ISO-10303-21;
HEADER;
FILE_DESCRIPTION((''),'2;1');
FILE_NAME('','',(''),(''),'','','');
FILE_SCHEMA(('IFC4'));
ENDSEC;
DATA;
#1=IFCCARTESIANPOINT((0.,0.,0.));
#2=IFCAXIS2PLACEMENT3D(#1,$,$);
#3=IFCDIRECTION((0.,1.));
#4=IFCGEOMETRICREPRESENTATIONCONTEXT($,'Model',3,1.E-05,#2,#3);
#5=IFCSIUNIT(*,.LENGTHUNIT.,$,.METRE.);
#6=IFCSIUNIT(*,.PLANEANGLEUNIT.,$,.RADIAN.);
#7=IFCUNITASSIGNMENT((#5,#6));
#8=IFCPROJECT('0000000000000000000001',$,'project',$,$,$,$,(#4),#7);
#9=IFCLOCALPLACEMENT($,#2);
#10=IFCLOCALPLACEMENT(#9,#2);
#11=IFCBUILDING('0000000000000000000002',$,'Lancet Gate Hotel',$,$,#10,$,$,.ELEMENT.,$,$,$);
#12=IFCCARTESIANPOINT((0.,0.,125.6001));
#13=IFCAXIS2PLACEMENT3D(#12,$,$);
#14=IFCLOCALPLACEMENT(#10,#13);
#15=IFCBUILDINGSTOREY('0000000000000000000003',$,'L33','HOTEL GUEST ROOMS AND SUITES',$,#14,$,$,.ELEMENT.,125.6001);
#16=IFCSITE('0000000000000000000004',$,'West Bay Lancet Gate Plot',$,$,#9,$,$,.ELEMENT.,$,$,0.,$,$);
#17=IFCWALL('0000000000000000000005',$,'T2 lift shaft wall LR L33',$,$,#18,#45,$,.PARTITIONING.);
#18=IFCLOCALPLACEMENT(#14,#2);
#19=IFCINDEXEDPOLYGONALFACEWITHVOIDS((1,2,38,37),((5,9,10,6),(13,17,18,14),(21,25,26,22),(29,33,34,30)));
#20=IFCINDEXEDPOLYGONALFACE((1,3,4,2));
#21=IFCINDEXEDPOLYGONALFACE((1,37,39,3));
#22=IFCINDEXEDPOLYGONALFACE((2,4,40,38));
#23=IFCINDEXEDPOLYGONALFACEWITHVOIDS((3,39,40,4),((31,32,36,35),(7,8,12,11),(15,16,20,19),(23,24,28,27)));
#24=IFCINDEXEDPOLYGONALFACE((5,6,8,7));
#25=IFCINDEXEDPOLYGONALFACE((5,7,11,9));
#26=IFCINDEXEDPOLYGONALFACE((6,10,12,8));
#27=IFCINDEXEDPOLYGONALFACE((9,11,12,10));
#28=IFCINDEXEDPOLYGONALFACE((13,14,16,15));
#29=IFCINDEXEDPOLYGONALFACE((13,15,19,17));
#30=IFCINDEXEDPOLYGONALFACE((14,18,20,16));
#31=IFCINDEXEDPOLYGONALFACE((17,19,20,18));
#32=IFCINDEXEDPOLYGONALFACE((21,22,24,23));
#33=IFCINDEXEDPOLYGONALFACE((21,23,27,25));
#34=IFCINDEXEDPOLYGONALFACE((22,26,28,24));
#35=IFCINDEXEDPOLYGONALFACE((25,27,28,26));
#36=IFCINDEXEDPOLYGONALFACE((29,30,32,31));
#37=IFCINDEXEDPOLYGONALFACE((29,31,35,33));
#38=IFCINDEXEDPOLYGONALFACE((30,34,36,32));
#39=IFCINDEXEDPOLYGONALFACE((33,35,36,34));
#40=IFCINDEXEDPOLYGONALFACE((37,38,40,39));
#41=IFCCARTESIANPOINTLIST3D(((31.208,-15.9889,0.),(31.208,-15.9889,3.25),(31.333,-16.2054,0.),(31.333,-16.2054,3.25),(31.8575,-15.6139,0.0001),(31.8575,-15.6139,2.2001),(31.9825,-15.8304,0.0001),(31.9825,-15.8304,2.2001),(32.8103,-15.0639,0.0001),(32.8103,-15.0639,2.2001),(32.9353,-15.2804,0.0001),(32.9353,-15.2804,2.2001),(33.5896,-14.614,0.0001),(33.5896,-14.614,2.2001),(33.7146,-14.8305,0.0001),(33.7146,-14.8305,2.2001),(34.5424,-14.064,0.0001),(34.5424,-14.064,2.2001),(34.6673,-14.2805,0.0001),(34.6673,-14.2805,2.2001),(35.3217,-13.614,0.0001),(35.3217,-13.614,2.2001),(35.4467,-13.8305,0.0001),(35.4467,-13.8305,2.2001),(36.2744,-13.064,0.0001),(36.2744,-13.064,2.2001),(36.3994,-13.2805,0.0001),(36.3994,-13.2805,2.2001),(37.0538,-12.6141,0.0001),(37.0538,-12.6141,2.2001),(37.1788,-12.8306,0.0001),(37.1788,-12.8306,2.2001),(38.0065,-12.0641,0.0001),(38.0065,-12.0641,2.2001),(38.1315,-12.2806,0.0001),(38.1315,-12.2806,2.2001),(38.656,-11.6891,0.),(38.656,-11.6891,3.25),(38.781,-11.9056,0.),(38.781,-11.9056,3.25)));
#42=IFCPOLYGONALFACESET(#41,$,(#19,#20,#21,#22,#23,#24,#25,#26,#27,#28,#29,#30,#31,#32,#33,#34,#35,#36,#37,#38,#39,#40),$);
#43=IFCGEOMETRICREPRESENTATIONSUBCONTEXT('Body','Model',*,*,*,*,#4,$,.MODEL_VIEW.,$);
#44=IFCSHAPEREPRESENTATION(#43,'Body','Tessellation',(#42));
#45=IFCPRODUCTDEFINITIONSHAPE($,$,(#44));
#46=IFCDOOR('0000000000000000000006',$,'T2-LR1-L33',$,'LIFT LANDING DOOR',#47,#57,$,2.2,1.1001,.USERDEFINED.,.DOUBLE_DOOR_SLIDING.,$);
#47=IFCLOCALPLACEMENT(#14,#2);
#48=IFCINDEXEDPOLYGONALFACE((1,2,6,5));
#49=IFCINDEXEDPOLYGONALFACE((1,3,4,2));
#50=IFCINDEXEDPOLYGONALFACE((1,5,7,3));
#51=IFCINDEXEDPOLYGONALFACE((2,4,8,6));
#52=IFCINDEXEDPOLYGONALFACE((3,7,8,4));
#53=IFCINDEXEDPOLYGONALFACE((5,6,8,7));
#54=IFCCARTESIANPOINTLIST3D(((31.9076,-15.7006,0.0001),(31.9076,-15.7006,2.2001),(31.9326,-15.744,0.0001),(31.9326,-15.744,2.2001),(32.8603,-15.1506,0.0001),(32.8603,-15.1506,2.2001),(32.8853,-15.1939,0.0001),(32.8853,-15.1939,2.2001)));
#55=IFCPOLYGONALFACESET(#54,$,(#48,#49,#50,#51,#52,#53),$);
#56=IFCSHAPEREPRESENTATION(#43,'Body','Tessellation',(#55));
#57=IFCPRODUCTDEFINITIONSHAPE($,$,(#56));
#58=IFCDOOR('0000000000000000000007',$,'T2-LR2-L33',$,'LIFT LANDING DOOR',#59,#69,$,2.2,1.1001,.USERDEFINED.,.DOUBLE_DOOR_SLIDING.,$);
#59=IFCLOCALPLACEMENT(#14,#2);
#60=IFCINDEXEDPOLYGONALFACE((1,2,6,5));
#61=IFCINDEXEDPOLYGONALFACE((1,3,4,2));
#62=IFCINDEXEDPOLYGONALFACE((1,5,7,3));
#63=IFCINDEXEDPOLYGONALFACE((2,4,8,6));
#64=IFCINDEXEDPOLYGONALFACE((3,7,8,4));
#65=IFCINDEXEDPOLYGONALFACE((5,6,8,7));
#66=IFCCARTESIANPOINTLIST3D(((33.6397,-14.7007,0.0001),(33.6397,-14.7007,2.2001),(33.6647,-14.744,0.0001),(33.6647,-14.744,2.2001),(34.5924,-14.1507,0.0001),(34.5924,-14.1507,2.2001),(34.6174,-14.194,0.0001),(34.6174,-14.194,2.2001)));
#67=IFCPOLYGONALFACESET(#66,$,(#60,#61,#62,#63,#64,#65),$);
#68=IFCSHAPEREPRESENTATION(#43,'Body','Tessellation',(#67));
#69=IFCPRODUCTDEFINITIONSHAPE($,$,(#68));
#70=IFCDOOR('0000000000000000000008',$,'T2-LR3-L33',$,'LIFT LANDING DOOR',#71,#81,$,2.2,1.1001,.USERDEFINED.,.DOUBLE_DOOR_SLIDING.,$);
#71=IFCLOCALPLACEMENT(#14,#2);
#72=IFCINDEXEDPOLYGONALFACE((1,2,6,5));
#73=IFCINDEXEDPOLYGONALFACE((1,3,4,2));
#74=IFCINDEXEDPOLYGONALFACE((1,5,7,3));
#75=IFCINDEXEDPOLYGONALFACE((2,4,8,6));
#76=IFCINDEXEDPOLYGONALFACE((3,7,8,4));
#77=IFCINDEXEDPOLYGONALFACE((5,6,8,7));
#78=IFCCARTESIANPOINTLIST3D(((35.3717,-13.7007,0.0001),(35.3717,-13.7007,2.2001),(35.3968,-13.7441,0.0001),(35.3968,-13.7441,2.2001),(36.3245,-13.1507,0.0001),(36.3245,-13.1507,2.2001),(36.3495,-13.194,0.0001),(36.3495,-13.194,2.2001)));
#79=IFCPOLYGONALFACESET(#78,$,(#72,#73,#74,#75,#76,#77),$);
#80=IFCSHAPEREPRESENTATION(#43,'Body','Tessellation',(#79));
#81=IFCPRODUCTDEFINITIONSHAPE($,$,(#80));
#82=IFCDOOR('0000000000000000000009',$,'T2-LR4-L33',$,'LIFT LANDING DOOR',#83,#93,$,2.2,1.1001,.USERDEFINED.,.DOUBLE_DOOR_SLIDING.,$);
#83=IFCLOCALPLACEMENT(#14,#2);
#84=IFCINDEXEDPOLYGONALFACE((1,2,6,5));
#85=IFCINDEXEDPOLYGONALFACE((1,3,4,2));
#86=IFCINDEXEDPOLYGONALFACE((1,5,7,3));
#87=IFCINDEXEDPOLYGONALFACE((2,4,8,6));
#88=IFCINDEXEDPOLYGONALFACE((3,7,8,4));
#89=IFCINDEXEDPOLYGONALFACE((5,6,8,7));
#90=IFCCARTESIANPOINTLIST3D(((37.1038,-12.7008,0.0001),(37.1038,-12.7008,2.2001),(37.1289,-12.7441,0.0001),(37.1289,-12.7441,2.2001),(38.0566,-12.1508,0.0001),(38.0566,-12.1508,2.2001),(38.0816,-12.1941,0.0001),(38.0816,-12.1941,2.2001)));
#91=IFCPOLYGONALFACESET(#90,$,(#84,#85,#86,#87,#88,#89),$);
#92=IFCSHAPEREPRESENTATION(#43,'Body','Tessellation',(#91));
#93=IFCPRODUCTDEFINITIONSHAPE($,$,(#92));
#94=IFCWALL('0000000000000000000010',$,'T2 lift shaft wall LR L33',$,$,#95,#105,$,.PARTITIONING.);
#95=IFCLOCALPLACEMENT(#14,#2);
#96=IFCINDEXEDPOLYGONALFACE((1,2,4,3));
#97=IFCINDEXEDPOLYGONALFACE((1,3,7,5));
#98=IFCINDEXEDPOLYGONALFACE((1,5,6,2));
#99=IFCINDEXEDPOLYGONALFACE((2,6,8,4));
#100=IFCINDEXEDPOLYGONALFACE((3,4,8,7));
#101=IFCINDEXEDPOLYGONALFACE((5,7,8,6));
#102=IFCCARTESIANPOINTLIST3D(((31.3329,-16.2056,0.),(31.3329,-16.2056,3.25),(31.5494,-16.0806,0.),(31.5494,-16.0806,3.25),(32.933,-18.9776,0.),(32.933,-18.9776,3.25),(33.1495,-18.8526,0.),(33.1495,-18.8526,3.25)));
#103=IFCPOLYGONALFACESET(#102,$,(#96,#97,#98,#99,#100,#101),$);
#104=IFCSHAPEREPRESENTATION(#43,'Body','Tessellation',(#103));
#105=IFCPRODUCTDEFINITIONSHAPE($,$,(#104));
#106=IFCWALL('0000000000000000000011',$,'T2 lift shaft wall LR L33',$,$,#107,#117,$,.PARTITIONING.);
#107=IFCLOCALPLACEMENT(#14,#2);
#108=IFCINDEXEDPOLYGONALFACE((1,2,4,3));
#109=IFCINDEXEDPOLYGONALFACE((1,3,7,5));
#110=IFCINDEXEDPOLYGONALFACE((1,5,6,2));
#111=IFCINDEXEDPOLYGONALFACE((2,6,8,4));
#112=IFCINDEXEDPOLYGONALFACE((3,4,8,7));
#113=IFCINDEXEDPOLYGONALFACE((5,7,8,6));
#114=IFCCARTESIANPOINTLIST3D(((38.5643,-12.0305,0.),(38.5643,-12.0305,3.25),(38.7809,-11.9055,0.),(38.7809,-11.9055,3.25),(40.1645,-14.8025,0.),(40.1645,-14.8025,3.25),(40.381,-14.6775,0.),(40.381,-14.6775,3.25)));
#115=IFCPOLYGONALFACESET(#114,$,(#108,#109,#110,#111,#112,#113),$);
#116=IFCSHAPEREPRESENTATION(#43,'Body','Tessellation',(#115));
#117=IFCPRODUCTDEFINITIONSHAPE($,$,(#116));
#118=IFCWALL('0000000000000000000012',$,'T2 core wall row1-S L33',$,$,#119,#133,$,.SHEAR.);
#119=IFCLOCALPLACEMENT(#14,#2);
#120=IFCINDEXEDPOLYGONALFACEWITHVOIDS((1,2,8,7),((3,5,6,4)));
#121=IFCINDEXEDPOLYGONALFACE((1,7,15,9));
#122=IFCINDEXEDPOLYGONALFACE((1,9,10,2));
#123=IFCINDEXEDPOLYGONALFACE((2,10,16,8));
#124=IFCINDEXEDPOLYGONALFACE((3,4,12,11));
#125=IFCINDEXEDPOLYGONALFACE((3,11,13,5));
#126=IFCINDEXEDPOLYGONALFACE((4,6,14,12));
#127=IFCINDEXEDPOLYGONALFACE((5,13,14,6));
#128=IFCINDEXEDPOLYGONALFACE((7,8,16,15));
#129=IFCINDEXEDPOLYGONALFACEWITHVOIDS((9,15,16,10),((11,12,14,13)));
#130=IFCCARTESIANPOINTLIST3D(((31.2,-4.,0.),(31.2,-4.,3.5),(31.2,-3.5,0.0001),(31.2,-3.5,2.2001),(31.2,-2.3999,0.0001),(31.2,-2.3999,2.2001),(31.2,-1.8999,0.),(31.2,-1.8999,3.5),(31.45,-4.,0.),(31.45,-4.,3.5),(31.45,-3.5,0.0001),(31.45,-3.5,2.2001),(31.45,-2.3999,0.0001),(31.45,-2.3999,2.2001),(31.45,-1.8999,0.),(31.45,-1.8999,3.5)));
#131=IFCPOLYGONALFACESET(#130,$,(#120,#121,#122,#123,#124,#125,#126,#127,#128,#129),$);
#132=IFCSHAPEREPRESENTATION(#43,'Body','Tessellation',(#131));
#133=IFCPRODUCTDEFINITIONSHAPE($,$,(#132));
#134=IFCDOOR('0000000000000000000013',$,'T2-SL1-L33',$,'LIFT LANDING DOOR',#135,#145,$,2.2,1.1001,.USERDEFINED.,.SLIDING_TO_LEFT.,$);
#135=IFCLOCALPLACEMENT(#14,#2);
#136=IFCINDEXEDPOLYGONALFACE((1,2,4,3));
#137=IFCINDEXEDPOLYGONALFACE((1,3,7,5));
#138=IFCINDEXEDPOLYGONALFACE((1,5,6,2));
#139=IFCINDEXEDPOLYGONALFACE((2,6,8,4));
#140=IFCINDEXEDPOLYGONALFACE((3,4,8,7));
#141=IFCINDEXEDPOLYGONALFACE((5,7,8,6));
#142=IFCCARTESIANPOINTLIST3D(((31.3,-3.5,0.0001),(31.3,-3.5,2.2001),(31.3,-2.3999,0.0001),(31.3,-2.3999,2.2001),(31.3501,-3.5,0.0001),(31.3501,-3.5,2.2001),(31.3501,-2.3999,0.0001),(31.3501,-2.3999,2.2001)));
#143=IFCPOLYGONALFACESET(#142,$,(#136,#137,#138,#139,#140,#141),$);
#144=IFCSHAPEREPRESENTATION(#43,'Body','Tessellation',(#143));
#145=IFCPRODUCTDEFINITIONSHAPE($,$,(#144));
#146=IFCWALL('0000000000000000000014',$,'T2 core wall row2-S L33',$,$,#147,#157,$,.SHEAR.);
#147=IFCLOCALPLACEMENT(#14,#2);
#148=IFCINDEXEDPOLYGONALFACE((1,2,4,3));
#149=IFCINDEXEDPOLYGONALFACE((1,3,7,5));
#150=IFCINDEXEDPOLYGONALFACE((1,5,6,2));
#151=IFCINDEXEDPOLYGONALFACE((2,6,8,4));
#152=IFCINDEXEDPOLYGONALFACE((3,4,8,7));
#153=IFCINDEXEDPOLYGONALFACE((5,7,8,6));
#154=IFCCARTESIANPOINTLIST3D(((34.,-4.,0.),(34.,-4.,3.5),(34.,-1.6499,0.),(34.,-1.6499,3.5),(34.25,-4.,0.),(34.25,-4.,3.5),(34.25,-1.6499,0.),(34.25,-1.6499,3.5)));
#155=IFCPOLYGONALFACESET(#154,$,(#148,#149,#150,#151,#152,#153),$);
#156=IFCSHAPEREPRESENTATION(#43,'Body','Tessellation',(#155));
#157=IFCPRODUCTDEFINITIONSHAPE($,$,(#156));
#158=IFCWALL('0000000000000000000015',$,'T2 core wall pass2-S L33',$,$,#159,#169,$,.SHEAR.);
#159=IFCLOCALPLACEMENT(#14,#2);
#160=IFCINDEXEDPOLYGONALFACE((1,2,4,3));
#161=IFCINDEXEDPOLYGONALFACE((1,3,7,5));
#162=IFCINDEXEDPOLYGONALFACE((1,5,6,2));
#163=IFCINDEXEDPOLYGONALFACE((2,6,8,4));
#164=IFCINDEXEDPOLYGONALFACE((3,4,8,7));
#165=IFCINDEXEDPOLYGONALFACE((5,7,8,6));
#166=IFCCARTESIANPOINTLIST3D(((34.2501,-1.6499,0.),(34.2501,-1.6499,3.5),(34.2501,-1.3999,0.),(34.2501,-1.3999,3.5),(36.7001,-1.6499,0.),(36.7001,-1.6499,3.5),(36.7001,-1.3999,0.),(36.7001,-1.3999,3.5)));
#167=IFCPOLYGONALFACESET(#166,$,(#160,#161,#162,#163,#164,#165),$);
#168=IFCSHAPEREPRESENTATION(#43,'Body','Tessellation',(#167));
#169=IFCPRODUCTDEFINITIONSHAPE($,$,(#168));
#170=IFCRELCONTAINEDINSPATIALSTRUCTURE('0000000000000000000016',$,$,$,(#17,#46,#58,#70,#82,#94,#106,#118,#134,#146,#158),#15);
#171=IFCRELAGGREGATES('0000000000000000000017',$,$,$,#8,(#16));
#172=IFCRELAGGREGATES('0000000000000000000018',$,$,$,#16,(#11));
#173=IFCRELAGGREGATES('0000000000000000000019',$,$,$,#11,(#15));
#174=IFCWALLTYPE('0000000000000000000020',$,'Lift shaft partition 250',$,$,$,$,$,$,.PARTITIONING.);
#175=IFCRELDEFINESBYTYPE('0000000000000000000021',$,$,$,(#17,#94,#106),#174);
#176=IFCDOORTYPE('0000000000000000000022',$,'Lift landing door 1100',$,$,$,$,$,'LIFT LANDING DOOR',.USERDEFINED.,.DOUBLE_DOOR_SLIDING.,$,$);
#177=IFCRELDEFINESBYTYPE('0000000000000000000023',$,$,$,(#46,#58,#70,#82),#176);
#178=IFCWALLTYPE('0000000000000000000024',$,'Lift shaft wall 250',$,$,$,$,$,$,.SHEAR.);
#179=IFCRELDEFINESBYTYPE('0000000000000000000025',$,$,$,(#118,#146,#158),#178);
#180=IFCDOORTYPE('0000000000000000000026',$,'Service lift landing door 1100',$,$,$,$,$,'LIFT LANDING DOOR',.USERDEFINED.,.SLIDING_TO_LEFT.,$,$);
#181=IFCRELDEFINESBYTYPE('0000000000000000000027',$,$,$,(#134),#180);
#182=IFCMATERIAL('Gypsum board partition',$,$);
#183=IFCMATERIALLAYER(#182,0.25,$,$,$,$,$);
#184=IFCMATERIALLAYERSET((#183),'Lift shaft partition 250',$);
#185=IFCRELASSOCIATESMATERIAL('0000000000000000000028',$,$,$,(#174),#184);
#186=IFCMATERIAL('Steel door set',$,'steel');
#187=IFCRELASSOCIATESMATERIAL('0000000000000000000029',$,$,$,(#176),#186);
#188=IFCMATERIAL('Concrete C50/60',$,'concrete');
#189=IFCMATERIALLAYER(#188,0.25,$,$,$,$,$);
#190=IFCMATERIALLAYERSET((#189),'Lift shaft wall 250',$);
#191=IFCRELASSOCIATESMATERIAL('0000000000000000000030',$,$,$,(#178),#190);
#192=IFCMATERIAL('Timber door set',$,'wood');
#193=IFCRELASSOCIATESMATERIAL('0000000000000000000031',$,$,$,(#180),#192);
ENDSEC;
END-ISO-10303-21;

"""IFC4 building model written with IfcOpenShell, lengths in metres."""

from ifc_helpers import new_model, si_unit, direction, frame, frame_2d, origin, place, context, subcontext, project, spatial, rectangle, extrude, material, layer, layer_set, type_object, element, fill, save


model = new_model("IFC4")

# Units and contexts
model_context = context("Model", 3, precision=1e-05, world=origin(), true_north=direction((0.0, 1.0)))
body_context = subcontext(model_context, "Body", "Model", "MODEL_VIEW")
ifc_project = project(units=[si_unit("LENGTHUNIT", "METRE"), si_unit("PLANEANGLEUNIT", "RADIAN")], contexts=[model_context])

# Site, building, storey
site_placement = place(None, origin())
site = spatial("IfcSite", under=ifc_project, at=site_placement, Name="West Bay Lancet Gate Plot", CompositionType="ELEMENT", RefElevation=0.0)
building_placement = place(site_placement, origin())
building = spatial("IfcBuilding", under=site, at=building_placement, Name="Lancet Gate Hotel", CompositionType="ELEMENT")
storey_placement = place(building_placement, frame((0.0, 0.0, 125.6001)))
storey = spatial("IfcBuildingStorey", under=building, at=storey_placement, Name="L33", Description="HOTEL GUEST ROOMS AND SUITES", CompositionType="ELEMENT", Elevation=125.6001)

# Wall, openings, doors
ifc_material_1 = material(Name="Gypsum board partition")
ifc_layer_1 = layer(ifc_material_1, 0.25)
ifc_layer_set_1 = layer_set([ifc_layer_1], Name="Lift shaft partition 250")
wall_type_1 = type_object("IfcWallType", Name="Lift shaft partition 250", PredefinedType="PARTITIONING", material=ifc_layer_set_1)
wall_1_placement = place(storey_placement, frame((31.2705, -16.0972, 0.0), z_axis=(0.0, 0.0, 1.0), x_axis=(0.86604, 0.499974, 0.0)))
wall_1 = element("IfcWall", 1, at=wall_1_placement, inside=storey, type_object=wall_type_1, Name="T2 lift shaft wall LR L33", PredefinedType="PARTITIONING", context=body_context, shape_type="SweptSolid", body=[
    extrude(rectangle(XDim=8.6001, YDim=0.25, at=frame_2d((4.3, 0.0))), origin(), (0.0, 0.0, 1.0), 3.25),
])
opening_1_placement = place(wall_1_placement, frame((0.75, 0.0, 0.0)))
opening_1 = element("IfcOpeningElement", 2, at=opening_1_placement, cuts=wall_1, PredefinedType="OPENING", context=body_context, shape_type="SweptSolid", body=[
    extrude(rectangle(XDim=1.1001, YDim=2.2, at=frame_2d((0.55, 1.1001))), frame((0.0, 0.135, 0.0), z_axis=(0.0, -1.0, 0.0), x_axis=(1.0, 0.0, 0.0)), (0.0, 0.0, 1.0), 0.27),
])
opening_2_placement = place(wall_1_placement, frame((2.75, 0.0, 0.0)))
opening_2 = element("IfcOpeningElement", 3, at=opening_2_placement, cuts=wall_1, PredefinedType="OPENING", context=body_context, shape_type="SweptSolid", body=[
    extrude(rectangle(XDim=1.1001, YDim=2.2, at=frame_2d((0.55, 1.1001))), frame((0.0, 0.135, 0.0), z_axis=(0.0, -1.0, 0.0), x_axis=(1.0, 0.0, 0.0)), (0.0, 0.0, 1.0), 0.27),
])
opening_3_placement = place(wall_1_placement, frame((4.75, 0.0, 0.0)))
opening_3 = element("IfcOpeningElement", 4, at=opening_3_placement, cuts=wall_1, PredefinedType="OPENING", context=body_context, shape_type="SweptSolid", body=[
    extrude(rectangle(XDim=1.1001, YDim=2.2, at=frame_2d((0.55, 1.1001))), frame((0.0, 0.135, 0.0), z_axis=(0.0, -1.0, 0.0), x_axis=(1.0, 0.0, 0.0)), (0.0, 0.0, 1.0), 0.27),
])
opening_4_placement = place(wall_1_placement, frame((6.75, 0.0, 0.0)))
opening_4 = element("IfcOpeningElement", 5, at=opening_4_placement, cuts=wall_1, PredefinedType="OPENING", context=body_context, shape_type="SweptSolid", body=[
    extrude(rectangle(XDim=1.1001, YDim=2.2, at=frame_2d((0.55, 1.1001))), frame((0.0, 0.135, 0.0), z_axis=(0.0, -1.0, 0.0), x_axis=(1.0, 0.0, 0.0)), (0.0, 0.0, 1.0), 0.27),
])
ifc_material_2 = material(Name="Steel door set", Category="steel")
door_type_1 = type_object("IfcDoorType", Name="Lift landing door 1100", ElementType="LIFT LANDING DOOR", OperationType="DOUBLE_DOOR_SLIDING", PredefinedType="USERDEFINED", material=ifc_material_2)
door_1_placement = place(opening_1_placement, origin())
door_1 = element("IfcDoor", 6, at=door_1_placement, inside=storey, type_object=door_type_1, Name="T2-LR1-L33", ObjectType="LIFT LANDING DOOR", OperationType="DOUBLE_DOOR_SLIDING", OverallHeight=2.2, OverallWidth=1.1001, PredefinedType="USERDEFINED", context=body_context, shape_type="SweptSolid", body=[
    extrude(rectangle(XDim=1.1001, YDim=2.2, at=frame_2d((0.55, 1.1001))), frame((0.0, 0.0249, 0.0), z_axis=(0.0, -1.0, 0.0), x_axis=(1.0, 0.0, 0.0)), (0.0, 0.0, 1.0), 0.05),
])
fill(opening_1, door_1)
door_2_placement = place(opening_2_placement, origin())
door_2 = element("IfcDoor", 7, at=door_2_placement, inside=storey, type_object=door_type_1, Name="T2-LR2-L33", ObjectType="LIFT LANDING DOOR", OperationType="DOUBLE_DOOR_SLIDING", OverallHeight=2.2, OverallWidth=1.1001, PredefinedType="USERDEFINED", context=body_context, shape_type="SweptSolid", body=[
    extrude(rectangle(XDim=1.1001, YDim=2.2, at=frame_2d((0.55, 1.1001))), frame((0.0, 0.0249, 0.0), z_axis=(0.0, -1.0, 0.0), x_axis=(1.0, 0.0, 0.0)), (0.0, 0.0, 1.0), 0.05),
])
fill(opening_2, door_2)
door_3_placement = place(opening_3_placement, origin())
door_3 = element("IfcDoor", 8, at=door_3_placement, inside=storey, type_object=door_type_1, Name="T2-LR3-L33", ObjectType="LIFT LANDING DOOR", OperationType="DOUBLE_DOOR_SLIDING", OverallHeight=2.2, OverallWidth=1.1001, PredefinedType="USERDEFINED", context=body_context, shape_type="SweptSolid", body=[
    extrude(rectangle(XDim=1.1001, YDim=2.2, at=frame_2d((0.55, 1.1001))), frame((0.0, 0.0249, 0.0), z_axis=(0.0, -1.0, 0.0), x_axis=(1.0, 0.0, 0.0)), (0.0, 0.0, 1.0), 0.05),
])
fill(opening_3, door_3)
door_4_placement = place(opening_4_placement, origin())
door_4 = element("IfcDoor", 9, at=door_4_placement, inside=storey, type_object=door_type_1, Name="T2-LR4-L33", ObjectType="LIFT LANDING DOOR", OperationType="DOUBLE_DOOR_SLIDING", OverallHeight=2.2, OverallWidth=1.1001, PredefinedType="USERDEFINED", context=body_context, shape_type="SweptSolid", body=[
    extrude(rectangle(XDim=1.1001, YDim=2.2, at=frame_2d((0.55, 1.1001))), frame((0.0, 0.0249, 0.0), z_axis=(0.0, -1.0, 0.0), x_axis=(1.0, 0.0, 0.0)), (0.0, 0.0, 1.0), 0.05),
])
fill(opening_4, door_4)

# Walls
for number, where, z_axis, x_axis, name in (
    (10, (31.4412, -16.1431, 0.0), (0.0, 0.0, 1.0), (0.499929, -0.866066, 0.0), "T2 lift shaft wall LR L33"),
    (11, (38.6726, -11.968, 0.0), (0.0, 0.0, 1.0), (0.499929, -0.866066, 0.0), "T2 lift shaft wall LR L33"),
):
    element("IfcWall", number, at=place(storey_placement, frame(where, z_axis=z_axis, x_axis=x_axis)), inside=storey, type_object=wall_type_1, Name=name, PredefinedType="PARTITIONING", context=body_context, shape_type="SweptSolid", body=[
        extrude(rectangle(XDim=3.2007, YDim=0.25, at=frame_2d((1.6003, 0.0))), origin(), (0.0, 0.0, 1.0), 3.25),
    ])

# Wall, opening, door
ifc_material_3 = material(Name="Concrete C50/60", Category="concrete")
ifc_layer_2 = layer(ifc_material_3, 0.25)
ifc_layer_set_2 = layer_set([ifc_layer_2], Name="Lift shaft wall 250")
wall_type_2 = type_object("IfcWallType", Name="Lift shaft wall 250", PredefinedType="SHEAR", material=ifc_layer_set_2)
wall_2_placement = place(storey_placement, frame((31.325, -4.0, 0.0), z_axis=(0.0, 0.0, 1.0), x_axis=(0.0, 1.0, 0.0)))
wall_2 = element("IfcWall", 12, at=wall_2_placement, inside=storey, type_object=wall_type_2, Name="T2 core wall row1-S L33", PredefinedType="SHEAR", context=body_context, shape_type="SweptSolid", body=[
    extrude(rectangle(XDim=2.1001, YDim=0.25, at=frame_2d((1.05, 0.0))), origin(), (0.0, 0.0, 1.0), 3.5),
])
opening_5_placement = place(wall_2_placement, frame((0.5, 0.0, 0.0)))
opening_5 = element("IfcOpeningElement", 13, at=opening_5_placement, cuts=wall_2, PredefinedType="OPENING", context=body_context, shape_type="SweptSolid", body=[
    extrude(rectangle(XDim=1.1001, YDim=2.2, at=frame_2d((0.55, 1.1001))), frame((0.0, 0.135, 0.0), z_axis=(0.0, -1.0, 0.0), x_axis=(1.0, 0.0, 0.0)), (0.0, 0.0, 1.0), 0.27),
])
ifc_material_4 = material(Name="Timber door set", Category="wood")
door_type_2 = type_object("IfcDoorType", Name="Service lift landing door 1100", ElementType="LIFT LANDING DOOR", OperationType="SLIDING_TO_LEFT", PredefinedType="USERDEFINED", material=ifc_material_4)
door_5_placement = place(opening_5_placement, origin())
door_5 = element("IfcDoor", 14, at=door_5_placement, inside=storey, type_object=door_type_2, Name="T2-SL1-L33", ObjectType="LIFT LANDING DOOR", OperationType="SLIDING_TO_LEFT", OverallHeight=2.2, OverallWidth=1.1001, PredefinedType="USERDEFINED", context=body_context, shape_type="SweptSolid", body=[
    extrude(rectangle(XDim=1.1001, YDim=2.2, at=frame_2d((0.55, 1.1001))), frame((0.0, 0.0249, 0.0), z_axis=(0.0, -1.0, 0.0), x_axis=(1.0, 0.0, 0.0)), (0.0, 0.0, 1.0), 0.05),
])
fill(opening_5, door_5)

# Walls
wall_3_placement = place(storey_placement, frame((34.125, -4.0, 0.0), z_axis=(0.0, 0.0, 1.0), x_axis=(0.0, 1.0, 0.0)))
element("IfcWall", 15, at=wall_3_placement, inside=storey, type_object=wall_type_2, Name="T2 core wall row2-S L33", PredefinedType="SHEAR", context=body_context, shape_type="SweptSolid", body=[
    extrude(rectangle(XDim=2.3501, YDim=0.25, at=frame_2d((1.175, 0.0))), origin(), (0.0, 0.0, 1.0), 3.5),
])
wall_4_placement = place(storey_placement, frame((34.25, -1.5249, 0.0), z_axis=(0.0, 0.0, 1.0), x_axis=(1.0, 0.0, 0.0)))
element("IfcWall", 16, at=wall_4_placement, inside=storey, type_object=wall_type_2, Name="T2 core wall pass2-S L33", PredefinedType="SHEAR", context=body_context, shape_type="SweptSolid", body=[
    extrude(rectangle(XDim=2.45, YDim=0.25, at=frame_2d((1.2251, 0.0))), origin(), (0.0, 0.0, 1.0), 3.5),
])

save(model, "model.ifc")
